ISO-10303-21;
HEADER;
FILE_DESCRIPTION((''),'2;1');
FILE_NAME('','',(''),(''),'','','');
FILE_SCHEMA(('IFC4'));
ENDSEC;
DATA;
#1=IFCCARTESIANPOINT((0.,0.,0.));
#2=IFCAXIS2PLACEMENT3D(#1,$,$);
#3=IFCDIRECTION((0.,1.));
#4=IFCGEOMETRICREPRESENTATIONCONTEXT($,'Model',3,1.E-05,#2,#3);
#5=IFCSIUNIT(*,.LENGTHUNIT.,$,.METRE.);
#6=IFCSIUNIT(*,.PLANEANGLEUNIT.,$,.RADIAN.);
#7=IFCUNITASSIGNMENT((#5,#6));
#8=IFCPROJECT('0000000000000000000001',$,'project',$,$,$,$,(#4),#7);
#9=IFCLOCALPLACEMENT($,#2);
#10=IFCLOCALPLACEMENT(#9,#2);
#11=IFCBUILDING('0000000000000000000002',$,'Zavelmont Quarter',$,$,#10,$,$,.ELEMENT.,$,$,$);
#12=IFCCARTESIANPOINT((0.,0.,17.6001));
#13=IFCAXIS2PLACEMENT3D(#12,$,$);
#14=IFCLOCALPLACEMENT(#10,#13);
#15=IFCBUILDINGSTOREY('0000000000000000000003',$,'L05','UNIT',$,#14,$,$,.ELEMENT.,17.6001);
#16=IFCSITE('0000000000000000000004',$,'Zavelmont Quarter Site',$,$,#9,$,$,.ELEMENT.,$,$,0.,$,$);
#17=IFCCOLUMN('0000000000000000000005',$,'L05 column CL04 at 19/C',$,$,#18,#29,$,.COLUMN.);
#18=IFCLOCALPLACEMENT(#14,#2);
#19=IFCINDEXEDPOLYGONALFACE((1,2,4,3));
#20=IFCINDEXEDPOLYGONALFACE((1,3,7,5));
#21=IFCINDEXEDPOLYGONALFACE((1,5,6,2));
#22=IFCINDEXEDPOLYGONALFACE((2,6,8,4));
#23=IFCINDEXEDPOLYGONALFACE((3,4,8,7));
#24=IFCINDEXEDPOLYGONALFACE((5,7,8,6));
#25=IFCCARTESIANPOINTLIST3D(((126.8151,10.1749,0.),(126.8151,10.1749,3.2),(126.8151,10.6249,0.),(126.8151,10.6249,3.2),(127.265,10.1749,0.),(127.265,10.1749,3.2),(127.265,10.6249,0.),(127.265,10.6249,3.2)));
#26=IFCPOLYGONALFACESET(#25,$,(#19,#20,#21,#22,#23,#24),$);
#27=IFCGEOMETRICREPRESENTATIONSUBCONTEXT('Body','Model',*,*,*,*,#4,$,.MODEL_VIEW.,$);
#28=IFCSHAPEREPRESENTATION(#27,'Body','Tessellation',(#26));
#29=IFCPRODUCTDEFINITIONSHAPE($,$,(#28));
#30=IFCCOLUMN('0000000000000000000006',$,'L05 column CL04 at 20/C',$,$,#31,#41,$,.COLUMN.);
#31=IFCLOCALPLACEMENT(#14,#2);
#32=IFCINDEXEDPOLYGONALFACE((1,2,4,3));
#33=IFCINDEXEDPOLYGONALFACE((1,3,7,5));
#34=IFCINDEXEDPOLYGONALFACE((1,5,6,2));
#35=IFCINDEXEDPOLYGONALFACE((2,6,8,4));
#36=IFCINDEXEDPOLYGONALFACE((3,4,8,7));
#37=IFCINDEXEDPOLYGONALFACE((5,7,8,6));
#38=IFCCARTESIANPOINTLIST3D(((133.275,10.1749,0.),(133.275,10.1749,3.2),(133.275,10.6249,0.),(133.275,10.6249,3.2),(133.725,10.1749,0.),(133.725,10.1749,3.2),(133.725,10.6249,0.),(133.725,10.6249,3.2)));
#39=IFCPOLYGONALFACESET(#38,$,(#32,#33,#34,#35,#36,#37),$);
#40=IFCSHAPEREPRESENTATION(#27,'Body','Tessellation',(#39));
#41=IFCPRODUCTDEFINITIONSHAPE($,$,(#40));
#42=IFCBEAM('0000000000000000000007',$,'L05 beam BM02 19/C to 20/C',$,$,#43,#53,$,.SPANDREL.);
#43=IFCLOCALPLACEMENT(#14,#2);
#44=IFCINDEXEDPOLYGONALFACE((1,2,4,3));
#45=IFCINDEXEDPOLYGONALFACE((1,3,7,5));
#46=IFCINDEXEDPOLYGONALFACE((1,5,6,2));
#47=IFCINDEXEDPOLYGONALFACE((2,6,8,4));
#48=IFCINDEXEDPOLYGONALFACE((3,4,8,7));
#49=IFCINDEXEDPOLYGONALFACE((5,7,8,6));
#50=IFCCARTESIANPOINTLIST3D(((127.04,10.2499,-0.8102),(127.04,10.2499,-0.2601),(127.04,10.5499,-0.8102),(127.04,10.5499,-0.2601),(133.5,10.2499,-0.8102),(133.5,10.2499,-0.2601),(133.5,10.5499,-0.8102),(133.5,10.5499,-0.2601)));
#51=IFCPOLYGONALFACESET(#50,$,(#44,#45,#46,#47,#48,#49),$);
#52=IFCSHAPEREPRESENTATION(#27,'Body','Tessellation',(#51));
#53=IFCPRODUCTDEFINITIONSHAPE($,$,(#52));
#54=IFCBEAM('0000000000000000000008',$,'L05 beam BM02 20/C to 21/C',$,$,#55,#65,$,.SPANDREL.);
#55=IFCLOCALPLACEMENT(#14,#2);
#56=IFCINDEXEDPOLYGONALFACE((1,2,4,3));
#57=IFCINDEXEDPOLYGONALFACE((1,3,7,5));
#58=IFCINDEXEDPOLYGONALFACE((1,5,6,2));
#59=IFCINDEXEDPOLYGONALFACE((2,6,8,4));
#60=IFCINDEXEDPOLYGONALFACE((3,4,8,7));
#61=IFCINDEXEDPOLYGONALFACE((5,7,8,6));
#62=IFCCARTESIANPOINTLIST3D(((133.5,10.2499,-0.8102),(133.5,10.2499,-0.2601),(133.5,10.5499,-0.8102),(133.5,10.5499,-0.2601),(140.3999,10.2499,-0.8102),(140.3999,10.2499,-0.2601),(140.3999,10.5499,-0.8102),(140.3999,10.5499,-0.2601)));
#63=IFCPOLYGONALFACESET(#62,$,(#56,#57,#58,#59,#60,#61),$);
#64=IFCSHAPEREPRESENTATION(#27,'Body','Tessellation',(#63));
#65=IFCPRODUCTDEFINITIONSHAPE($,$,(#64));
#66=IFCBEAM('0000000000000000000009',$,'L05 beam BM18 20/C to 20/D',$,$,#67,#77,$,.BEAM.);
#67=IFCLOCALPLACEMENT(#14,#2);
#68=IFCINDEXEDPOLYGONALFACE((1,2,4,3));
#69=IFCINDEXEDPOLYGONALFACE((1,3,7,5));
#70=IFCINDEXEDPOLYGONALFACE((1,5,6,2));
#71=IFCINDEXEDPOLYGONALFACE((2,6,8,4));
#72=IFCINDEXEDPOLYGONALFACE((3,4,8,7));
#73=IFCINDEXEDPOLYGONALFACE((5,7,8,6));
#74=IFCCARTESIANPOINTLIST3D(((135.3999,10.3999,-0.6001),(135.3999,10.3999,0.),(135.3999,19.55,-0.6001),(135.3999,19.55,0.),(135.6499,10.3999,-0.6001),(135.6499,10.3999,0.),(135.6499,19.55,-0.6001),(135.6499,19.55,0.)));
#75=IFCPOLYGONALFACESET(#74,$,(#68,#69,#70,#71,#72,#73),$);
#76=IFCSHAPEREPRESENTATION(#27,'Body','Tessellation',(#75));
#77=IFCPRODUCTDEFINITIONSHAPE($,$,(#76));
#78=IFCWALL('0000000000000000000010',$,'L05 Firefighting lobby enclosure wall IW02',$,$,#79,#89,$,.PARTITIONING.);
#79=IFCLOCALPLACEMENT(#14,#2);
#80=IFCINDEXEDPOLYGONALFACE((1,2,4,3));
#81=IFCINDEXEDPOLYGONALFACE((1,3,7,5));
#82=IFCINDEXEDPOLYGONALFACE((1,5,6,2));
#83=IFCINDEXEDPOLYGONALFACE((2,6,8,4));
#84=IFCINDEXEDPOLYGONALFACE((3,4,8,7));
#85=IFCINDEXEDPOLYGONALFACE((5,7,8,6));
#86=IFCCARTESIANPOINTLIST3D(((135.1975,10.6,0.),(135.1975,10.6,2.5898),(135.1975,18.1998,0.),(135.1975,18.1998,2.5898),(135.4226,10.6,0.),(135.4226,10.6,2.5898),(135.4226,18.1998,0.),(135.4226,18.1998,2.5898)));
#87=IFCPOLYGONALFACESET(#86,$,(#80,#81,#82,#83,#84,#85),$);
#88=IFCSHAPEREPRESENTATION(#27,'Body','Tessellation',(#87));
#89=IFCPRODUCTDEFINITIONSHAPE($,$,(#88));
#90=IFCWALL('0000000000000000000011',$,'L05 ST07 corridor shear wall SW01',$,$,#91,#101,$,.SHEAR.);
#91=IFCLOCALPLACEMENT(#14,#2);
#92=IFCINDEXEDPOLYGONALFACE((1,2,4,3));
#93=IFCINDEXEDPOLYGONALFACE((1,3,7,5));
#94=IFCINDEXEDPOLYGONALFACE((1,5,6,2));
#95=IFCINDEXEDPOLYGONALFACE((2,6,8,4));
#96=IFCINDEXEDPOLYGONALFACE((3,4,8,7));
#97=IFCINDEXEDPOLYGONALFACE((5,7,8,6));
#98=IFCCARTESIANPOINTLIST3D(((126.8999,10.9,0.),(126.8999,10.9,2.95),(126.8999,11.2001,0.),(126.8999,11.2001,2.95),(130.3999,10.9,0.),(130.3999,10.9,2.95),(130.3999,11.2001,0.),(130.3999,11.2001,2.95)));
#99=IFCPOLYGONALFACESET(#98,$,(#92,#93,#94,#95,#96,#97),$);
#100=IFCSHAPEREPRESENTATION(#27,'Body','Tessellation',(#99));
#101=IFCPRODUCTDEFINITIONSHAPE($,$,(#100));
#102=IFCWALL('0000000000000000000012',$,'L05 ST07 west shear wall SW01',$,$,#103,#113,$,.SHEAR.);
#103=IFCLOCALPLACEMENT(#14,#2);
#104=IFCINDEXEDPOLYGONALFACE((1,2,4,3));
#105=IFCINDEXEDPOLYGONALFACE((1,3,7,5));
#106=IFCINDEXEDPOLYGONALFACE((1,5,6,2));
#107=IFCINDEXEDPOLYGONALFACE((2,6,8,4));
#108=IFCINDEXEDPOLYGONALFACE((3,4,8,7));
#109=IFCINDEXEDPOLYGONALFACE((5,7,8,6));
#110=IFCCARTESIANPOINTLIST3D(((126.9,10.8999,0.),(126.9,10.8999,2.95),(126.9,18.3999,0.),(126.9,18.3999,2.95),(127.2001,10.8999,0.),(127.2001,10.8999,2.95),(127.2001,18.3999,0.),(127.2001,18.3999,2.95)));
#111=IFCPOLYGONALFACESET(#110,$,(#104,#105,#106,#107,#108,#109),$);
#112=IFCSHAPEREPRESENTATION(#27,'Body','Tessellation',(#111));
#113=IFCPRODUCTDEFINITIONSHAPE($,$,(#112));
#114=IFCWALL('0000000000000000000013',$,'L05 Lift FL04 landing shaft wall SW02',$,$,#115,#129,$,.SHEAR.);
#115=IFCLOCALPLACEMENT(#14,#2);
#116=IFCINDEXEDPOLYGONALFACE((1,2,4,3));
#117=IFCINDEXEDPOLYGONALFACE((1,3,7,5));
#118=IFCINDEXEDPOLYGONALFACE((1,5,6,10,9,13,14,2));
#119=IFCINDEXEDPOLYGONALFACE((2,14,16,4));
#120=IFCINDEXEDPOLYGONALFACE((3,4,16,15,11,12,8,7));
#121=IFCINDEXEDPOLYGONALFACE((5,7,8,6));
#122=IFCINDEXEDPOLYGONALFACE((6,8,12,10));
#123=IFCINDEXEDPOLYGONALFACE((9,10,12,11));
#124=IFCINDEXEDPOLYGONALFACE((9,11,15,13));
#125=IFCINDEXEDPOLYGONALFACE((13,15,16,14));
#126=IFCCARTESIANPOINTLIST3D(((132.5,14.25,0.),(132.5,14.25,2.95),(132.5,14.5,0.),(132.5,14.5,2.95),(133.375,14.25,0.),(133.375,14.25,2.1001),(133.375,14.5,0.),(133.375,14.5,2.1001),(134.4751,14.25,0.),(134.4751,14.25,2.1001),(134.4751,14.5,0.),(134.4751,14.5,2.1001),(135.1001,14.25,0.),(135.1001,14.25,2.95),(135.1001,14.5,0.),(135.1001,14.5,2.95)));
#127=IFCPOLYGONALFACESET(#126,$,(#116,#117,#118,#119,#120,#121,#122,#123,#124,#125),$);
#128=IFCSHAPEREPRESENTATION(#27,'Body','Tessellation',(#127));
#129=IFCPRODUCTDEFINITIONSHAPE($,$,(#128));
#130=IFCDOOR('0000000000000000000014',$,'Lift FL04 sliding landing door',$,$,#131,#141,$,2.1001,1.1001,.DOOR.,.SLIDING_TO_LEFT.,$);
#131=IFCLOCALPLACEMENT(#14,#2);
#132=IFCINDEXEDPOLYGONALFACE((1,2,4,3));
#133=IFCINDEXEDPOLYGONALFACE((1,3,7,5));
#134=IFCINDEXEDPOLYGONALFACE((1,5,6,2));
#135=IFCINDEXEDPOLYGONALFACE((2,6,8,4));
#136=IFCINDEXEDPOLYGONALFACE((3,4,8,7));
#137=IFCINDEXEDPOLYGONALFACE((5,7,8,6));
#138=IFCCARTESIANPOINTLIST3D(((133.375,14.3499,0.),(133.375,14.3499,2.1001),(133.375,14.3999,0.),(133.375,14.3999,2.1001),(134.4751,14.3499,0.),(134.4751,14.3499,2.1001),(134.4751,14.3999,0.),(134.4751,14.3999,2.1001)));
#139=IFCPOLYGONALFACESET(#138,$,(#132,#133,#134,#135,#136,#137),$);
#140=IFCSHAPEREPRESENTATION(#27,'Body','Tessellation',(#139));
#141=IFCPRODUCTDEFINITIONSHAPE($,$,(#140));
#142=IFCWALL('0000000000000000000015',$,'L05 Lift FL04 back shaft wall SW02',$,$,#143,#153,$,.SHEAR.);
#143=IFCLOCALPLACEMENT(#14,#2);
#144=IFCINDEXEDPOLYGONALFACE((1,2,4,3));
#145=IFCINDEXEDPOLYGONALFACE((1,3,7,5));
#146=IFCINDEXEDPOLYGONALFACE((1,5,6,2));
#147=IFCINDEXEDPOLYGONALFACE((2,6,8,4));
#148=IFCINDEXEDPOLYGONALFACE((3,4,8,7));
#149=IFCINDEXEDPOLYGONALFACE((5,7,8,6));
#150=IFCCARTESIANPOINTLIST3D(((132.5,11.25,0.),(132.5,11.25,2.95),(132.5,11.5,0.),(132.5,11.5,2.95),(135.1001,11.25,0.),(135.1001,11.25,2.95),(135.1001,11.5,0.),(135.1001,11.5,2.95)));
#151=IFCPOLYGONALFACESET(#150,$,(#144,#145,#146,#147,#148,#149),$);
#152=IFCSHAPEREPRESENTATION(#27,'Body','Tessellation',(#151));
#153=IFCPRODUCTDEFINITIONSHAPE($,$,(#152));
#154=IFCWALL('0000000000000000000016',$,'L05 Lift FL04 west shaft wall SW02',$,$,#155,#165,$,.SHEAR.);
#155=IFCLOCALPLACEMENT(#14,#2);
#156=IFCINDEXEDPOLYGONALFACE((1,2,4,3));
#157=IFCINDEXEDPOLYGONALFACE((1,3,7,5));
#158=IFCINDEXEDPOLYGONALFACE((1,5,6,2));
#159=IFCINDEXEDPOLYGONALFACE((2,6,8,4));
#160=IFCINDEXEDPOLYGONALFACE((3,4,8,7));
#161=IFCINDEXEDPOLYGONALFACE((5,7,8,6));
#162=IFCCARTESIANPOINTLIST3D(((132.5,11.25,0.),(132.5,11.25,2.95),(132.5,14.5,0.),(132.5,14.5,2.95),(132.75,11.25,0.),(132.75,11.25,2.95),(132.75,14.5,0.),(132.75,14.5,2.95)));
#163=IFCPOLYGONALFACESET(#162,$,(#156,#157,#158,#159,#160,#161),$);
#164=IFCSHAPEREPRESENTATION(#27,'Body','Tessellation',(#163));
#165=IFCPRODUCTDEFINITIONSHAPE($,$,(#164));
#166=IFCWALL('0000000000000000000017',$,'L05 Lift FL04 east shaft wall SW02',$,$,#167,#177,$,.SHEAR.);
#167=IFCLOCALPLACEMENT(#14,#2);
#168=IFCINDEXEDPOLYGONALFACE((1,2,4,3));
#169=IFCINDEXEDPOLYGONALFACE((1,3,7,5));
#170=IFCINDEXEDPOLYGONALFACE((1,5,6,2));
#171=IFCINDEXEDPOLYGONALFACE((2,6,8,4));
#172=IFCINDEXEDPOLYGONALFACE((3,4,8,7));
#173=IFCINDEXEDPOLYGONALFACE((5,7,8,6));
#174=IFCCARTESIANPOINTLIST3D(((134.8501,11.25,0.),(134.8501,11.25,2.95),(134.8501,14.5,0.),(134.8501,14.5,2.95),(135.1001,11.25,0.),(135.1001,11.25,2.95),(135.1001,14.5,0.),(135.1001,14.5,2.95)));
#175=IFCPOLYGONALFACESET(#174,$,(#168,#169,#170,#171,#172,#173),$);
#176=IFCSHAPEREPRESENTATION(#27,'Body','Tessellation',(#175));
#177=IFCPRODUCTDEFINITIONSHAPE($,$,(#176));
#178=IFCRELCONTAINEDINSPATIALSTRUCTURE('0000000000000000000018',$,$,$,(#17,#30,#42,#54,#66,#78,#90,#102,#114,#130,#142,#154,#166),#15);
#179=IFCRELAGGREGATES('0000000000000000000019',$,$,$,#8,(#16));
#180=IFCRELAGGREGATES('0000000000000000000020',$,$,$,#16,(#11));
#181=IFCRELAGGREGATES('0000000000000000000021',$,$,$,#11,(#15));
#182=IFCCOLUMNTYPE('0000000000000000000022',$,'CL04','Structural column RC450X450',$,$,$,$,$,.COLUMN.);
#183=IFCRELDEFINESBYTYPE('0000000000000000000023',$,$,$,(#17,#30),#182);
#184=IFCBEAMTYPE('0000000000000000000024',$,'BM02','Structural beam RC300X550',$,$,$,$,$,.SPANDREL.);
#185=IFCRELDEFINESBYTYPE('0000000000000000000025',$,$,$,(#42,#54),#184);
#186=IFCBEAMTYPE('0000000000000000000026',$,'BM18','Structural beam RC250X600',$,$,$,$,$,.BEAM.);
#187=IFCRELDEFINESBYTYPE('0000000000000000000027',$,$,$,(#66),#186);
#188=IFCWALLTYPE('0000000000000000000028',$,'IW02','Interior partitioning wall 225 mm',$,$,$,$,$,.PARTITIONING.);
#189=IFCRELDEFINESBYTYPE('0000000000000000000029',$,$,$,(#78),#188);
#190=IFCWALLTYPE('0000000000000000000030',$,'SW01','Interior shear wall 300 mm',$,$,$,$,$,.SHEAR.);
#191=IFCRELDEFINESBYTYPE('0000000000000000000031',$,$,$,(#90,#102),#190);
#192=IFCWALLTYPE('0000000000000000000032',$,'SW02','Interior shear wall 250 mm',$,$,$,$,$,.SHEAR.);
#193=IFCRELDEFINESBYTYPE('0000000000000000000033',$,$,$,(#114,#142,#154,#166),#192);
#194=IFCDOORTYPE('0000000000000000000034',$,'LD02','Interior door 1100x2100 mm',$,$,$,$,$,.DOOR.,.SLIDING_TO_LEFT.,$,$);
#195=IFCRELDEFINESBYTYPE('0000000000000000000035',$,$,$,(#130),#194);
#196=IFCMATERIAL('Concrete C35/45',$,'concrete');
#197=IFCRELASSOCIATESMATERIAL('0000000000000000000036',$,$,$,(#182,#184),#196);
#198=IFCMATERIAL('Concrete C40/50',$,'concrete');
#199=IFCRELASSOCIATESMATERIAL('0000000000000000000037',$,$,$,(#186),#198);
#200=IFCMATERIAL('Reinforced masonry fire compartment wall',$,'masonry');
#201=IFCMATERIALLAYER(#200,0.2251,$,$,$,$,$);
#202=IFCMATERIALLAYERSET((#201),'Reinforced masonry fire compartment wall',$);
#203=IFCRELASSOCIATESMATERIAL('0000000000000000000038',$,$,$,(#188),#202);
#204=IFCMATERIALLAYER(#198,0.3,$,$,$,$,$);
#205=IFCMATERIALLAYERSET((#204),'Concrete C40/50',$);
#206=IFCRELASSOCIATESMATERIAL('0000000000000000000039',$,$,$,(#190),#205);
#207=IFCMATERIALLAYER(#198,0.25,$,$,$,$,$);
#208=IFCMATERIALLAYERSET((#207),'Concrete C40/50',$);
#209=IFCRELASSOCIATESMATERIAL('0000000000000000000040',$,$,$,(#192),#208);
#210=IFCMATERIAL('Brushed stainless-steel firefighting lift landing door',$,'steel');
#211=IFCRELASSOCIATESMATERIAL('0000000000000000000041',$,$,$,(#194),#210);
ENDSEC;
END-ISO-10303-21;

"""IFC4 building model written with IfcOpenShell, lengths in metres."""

from ifc_helpers import new_model, si_unit, direction, frame, frame_2d, origin, origin_with_axes, origin_2d, place, context, subcontext, project, spatial, rectangle, extrude, material, layer, layer_set, material_profile, profile_set, type_object, element, fill, save


model = new_model("IFC4")

# Units and contexts
model_context = context("Model", 3, precision=1e-05, world=origin(), true_north=direction((0.0, 1.0)))
body_context = subcontext(model_context, "Body", "Model", "MODEL_VIEW")
ifc_project = project(units=[si_unit("LENGTHUNIT", "METRE"), si_unit("PLANEANGLEUNIT", "RADIAN")], contexts=[model_context])

# Site, building, storey
site_placement = place(None, origin())
site = spatial("IfcSite", under=ifc_project, at=site_placement, Name="Zavelmont Quarter Site", CompositionType="ELEMENT", RefElevation=0.0)
building_placement = place(site_placement, origin())
building = spatial("IfcBuilding", under=site, at=building_placement, Name="Zavelmont Quarter", CompositionType="ELEMENT")
storey_placement = place(building_placement, frame((0.0, 0.0, 17.6001)))
storey = spatial("IfcBuildingStorey", under=building, at=storey_placement, Name="L05", Description="UNIT", CompositionType="ELEMENT", Elevation=17.6001)

# Columns
ifc_material_1 = material(Name="Concrete C35/45", Category="concrete")
ifc_material_profile_1 = material_profile(ifc_material_1, rectangle(XDim=0.45, YDim=0.45, at=origin_2d()), Name="RC450X450")
ifc_profile_set_1 = profile_set([ifc_material_profile_1], Name="Concrete C35/45")
column_type = type_object("IfcColumnType", Name="CL04", Description="Structural column RC450X450", PredefinedType="COLUMN", material=ifc_profile_set_1)
for number, where, z_axis, x_axis, name in (
    (1, (127.04, 10.3999, 0.0), (0.0, 0.0, 1.0), (1.0, 0.0, 0.0), "L05 column CL04 at 19/C"),
    (2, (133.5, 10.3999, 0.0), (0.0, 0.0, 1.0), (1.0, 0.0, 0.0), "L05 column CL04 at 20/C"),
):
    element("IfcColumn", number, at=place(storey_placement, frame(where, z_axis=z_axis, x_axis=x_axis)), inside=storey, type_object=column_type, Name=name, PredefinedType="COLUMN", context=body_context, shape_type="SweptSolid", body=[
        extrude(rectangle(XDim=0.45, YDim=0.45, at=origin_2d()), origin(), (0.0, 0.0, 1.0), 3.2),
    ])

# Beams
ifc_material_profile_2 = material_profile(ifc_material_1, rectangle(XDim=0.3, YDim=0.55, at=origin_2d()), Name="RC300X550")
ifc_profile_set_2 = profile_set([ifc_material_profile_2], Name="Concrete C35/45")
beam_type_1 = type_object("IfcBeamType", Name="BM02", Description="Structural beam RC300X550", PredefinedType="SPANDREL", material=ifc_profile_set_2)
beam_1_placement = place(storey_placement, frame((127.04, 10.3999, -0.5352), z_axis=(1.0, 0.0, 0.0), x_axis=(0.0, 1.0, 0.0)))
element("IfcBeam", 3, at=beam_1_placement, inside=storey, type_object=beam_type_1, Name="L05 beam BM02 19/C to 20/C", PredefinedType="SPANDREL", context=body_context, shape_type="SweptSolid", body=[
    extrude(rectangle(XDim=0.3, YDim=0.55, at=origin_2d()), origin(), (0.0, 0.0, 1.0), 6.46),
])
beam_2_placement = place(storey_placement, frame((133.5, 10.3999, -0.5352), z_axis=(1.0, 0.0, 0.0), x_axis=(0.0, 1.0, 0.0)))
element("IfcBeam", 4, at=beam_2_placement, inside=storey, type_object=beam_type_1, Name="L05 beam BM02 20/C to 21/C", PredefinedType="SPANDREL", context=body_context, shape_type="SweptSolid", body=[
    extrude(rectangle(XDim=0.3, YDim=0.55, at=origin_2d()), origin(), (0.0, 0.0, 1.0), 6.8999),
])
ifc_material_2 = material(Name="Concrete C40/50", Category="concrete")
ifc_material_profile_3 = material_profile(ifc_material_2, rectangle(XDim=0.25, YDim=0.6001, at=origin_2d()), Name="RC250X600")
ifc_profile_set_3 = profile_set([ifc_material_profile_3], Name="Concrete C40/50")
beam_type_2 = type_object("IfcBeamType", Name="BM18", Description="Structural beam RC250X600", PredefinedType="BEAM", material=ifc_profile_set_3)
beam_3_placement = place(storey_placement, frame((135.5249, 10.3999, -0.3), z_axis=(0.0, 1.0, 0.0), x_axis=(-1.0, 0.0, 0.0)))
element("IfcBeam", 5, at=beam_3_placement, inside=storey, type_object=beam_type_2, Name="L05 beam BM18 20/C to 20/D", PredefinedType="BEAM", context=body_context, shape_type="SweptSolid", body=[
    extrude(rectangle(XDim=0.25, YDim=0.6001, at=origin_2d()), origin(), (0.0, 0.0, 1.0), 9.1501),
])

# Wall
ifc_material_3 = material(Name="Reinforced masonry fire compartment wall", Category="masonry")
ifc_layer_1 = layer(ifc_material_3, 0.2251)
ifc_layer_set_1 = layer_set([ifc_layer_1], Name="Reinforced masonry fire compartment wall")
wall_type_1 = type_object("IfcWallType", Name="IW02", Description="Interior partitioning wall 225 mm", PredefinedType="PARTITIONING", material=ifc_layer_set_1)
wall_1_placement = place(storey_placement, frame((135.3101, 10.6001, 0.0), z_axis=(0.0, 0.0, 1.0), x_axis=(0.0, 1.0, 0.0)))
element("IfcWall", 6, at=wall_1_placement, inside=storey, type_object=wall_type_1, Name="L05 Firefighting lobby enclosure wall IW02", PredefinedType="PARTITIONING", context=body_context, shape_type="SweptSolid", body=[
    extrude(rectangle(XDim=7.5999, YDim=0.2251, at=frame_2d((3.7998, 0.0))), origin(), (0.0, 0.0, 1.0), 2.5898),
])

# Walls
ifc_layer_2 = layer(ifc_material_2, 0.3)
ifc_layer_set_2 = layer_set([ifc_layer_2], Name="Concrete C40/50")
wall_type_2 = type_object("IfcWallType", Name="SW01", Description="Interior shear wall 300 mm", PredefinedType="SHEAR", material=ifc_layer_set_2)
wall_2_placement = place(storey_placement, frame((126.8999, 11.05, 0.0), z_axis=(0.0, 0.0, 1.0), x_axis=(1.0, 0.0, 0.0)))
element("IfcWall", 7, at=wall_2_placement, inside=storey, type_object=wall_type_2, Name="L05 ST07 corridor shear wall SW01", PredefinedType="SHEAR", context=body_context, shape_type="SweptSolid", body=[
    extrude(rectangle(XDim=3.5, YDim=0.3, at=frame_2d((1.75, 0.0))), origin(), (0.0, 0.0, 1.0), 2.95),
])
wall_3_placement = place(storey_placement, frame((127.05, 10.8999, 0.0), z_axis=(0.0, 0.0, 1.0), x_axis=(0.0, 1.0, 0.0)))
element("IfcWall", 8, at=wall_3_placement, inside=storey, type_object=wall_type_2, Name="L05 ST07 west shear wall SW01", PredefinedType="SHEAR", context=body_context, shape_type="SweptSolid", body=[
    extrude(rectangle(XDim=7.5, YDim=0.3, at=frame_2d((3.75, 0.0))), origin(), (0.0, 0.0, 1.0), 2.95),
])

# Wall, opening, door
ifc_layer_3 = layer(ifc_material_2, 0.25)
ifc_layer_set_3 = layer_set([ifc_layer_3], Name="Concrete C40/50")
wall_type_3 = type_object("IfcWallType", Name="SW02", Description="Interior shear wall 250 mm", PredefinedType="SHEAR", material=ifc_layer_set_3)
wall_4_placement = place(storey_placement, frame((132.5, 14.375, 0.0), z_axis=(0.0, 0.0, 1.0), x_axis=(1.0, 0.0, 0.0)))
wall_4 = element("IfcWall", 9, at=wall_4_placement, inside=storey, type_object=wall_type_3, Name="L05 Lift FL04 landing shaft wall SW02", PredefinedType="SHEAR", context=body_context, shape_type="SweptSolid", body=[
    extrude(rectangle(XDim=2.6001, YDim=0.25, at=frame_2d((1.3, 0.0))), origin(), (0.0, 0.0, 1.0), 2.95),
])
opening_1_placement = place(wall_4_placement, frame((0.875, 0.0, 0.0)))
opening_1 = element("IfcOpeningElement", 10, at=opening_1_placement, cuts=wall_4, PredefinedType="OPENING", context=body_context, shape_type="SweptSolid", body=[
    extrude(rectangle(XDim=1.1001, YDim=2.1001, at=frame_2d((0.55, 1.05))), frame((0.0, 0.137, 0.0), z_axis=(0.0, -1.0, 0.0), x_axis=(1.0, 0.0, 0.0)), (0.0, 0.0, 1.0), 0.2739),
])
ifc_material_4 = material(Name="Brushed stainless-steel firefighting lift landing door", Category="steel")
door_type_1 = type_object("IfcDoorType", Name="LD02", Description="Interior door 1100x2100 mm", OperationType="SLIDING_TO_LEFT", PredefinedType="DOOR", material=ifc_material_4)
door_1_placement = place(opening_1_placement, origin_with_axes())
door_1 = element("IfcDoor", 11, at=door_1_placement, inside=storey, type_object=door_type_1, Name="Lift FL04 sliding landing door", OperationType="SLIDING_TO_LEFT", OverallHeight=2.1001, OverallWidth=1.1001, PredefinedType="DOOR", context=body_context, shape_type="SweptSolid", body=[
    extrude(rectangle(XDim=1.1001, YDim=2.1001, at=frame_2d((0.55, 1.05))), frame((0.0, 0.0249, 0.0), z_axis=(0.0, -1.0, 0.0), x_axis=(1.0, 0.0, 0.0)), (0.0, 0.0, 1.0), 0.05),
])
fill(opening_1, door_1)

# Walls
wall_5_placement = place(storey_placement, frame((132.5, 11.375, 0.0), z_axis=(0.0, 0.0, 1.0), x_axis=(1.0, 0.0, 0.0)))
element("IfcWall", 12, at=wall_5_placement, inside=storey, type_object=wall_type_3, Name="L05 Lift FL04 back shaft wall SW02", PredefinedType="SHEAR", context=body_context, shape_type="SweptSolid", body=[
    extrude(rectangle(XDim=2.6001, YDim=0.25, at=frame_2d((1.3, 0.0))), origin(), (0.0, 0.0, 1.0), 2.95),
])
for number, where, z_axis, x_axis, name in (
    (13, (132.625, 11.25, 0.0), (0.0, 0.0, 1.0), (0.0, 1.0, 0.0), "L05 Lift FL04 west shaft wall SW02"),
    (14, (134.9751, 11.25, 0.0), (0.0, 0.0, 1.0), (0.0, 1.0, 0.0), "L05 Lift FL04 east shaft wall SW02"),
):
    element("IfcWall", number, at=place(storey_placement, frame(where, z_axis=z_axis, x_axis=x_axis)), inside=storey, type_object=wall_type_3, Name=name, PredefinedType="SHEAR", context=body_context, shape_type="SweptSolid", body=[
        extrude(rectangle(XDim=3.25, YDim=0.25, at=frame_2d((1.625, 0.0))), origin(), (0.0, 0.0, 1.0), 2.95),
    ])

save(model, "model.ifc")
